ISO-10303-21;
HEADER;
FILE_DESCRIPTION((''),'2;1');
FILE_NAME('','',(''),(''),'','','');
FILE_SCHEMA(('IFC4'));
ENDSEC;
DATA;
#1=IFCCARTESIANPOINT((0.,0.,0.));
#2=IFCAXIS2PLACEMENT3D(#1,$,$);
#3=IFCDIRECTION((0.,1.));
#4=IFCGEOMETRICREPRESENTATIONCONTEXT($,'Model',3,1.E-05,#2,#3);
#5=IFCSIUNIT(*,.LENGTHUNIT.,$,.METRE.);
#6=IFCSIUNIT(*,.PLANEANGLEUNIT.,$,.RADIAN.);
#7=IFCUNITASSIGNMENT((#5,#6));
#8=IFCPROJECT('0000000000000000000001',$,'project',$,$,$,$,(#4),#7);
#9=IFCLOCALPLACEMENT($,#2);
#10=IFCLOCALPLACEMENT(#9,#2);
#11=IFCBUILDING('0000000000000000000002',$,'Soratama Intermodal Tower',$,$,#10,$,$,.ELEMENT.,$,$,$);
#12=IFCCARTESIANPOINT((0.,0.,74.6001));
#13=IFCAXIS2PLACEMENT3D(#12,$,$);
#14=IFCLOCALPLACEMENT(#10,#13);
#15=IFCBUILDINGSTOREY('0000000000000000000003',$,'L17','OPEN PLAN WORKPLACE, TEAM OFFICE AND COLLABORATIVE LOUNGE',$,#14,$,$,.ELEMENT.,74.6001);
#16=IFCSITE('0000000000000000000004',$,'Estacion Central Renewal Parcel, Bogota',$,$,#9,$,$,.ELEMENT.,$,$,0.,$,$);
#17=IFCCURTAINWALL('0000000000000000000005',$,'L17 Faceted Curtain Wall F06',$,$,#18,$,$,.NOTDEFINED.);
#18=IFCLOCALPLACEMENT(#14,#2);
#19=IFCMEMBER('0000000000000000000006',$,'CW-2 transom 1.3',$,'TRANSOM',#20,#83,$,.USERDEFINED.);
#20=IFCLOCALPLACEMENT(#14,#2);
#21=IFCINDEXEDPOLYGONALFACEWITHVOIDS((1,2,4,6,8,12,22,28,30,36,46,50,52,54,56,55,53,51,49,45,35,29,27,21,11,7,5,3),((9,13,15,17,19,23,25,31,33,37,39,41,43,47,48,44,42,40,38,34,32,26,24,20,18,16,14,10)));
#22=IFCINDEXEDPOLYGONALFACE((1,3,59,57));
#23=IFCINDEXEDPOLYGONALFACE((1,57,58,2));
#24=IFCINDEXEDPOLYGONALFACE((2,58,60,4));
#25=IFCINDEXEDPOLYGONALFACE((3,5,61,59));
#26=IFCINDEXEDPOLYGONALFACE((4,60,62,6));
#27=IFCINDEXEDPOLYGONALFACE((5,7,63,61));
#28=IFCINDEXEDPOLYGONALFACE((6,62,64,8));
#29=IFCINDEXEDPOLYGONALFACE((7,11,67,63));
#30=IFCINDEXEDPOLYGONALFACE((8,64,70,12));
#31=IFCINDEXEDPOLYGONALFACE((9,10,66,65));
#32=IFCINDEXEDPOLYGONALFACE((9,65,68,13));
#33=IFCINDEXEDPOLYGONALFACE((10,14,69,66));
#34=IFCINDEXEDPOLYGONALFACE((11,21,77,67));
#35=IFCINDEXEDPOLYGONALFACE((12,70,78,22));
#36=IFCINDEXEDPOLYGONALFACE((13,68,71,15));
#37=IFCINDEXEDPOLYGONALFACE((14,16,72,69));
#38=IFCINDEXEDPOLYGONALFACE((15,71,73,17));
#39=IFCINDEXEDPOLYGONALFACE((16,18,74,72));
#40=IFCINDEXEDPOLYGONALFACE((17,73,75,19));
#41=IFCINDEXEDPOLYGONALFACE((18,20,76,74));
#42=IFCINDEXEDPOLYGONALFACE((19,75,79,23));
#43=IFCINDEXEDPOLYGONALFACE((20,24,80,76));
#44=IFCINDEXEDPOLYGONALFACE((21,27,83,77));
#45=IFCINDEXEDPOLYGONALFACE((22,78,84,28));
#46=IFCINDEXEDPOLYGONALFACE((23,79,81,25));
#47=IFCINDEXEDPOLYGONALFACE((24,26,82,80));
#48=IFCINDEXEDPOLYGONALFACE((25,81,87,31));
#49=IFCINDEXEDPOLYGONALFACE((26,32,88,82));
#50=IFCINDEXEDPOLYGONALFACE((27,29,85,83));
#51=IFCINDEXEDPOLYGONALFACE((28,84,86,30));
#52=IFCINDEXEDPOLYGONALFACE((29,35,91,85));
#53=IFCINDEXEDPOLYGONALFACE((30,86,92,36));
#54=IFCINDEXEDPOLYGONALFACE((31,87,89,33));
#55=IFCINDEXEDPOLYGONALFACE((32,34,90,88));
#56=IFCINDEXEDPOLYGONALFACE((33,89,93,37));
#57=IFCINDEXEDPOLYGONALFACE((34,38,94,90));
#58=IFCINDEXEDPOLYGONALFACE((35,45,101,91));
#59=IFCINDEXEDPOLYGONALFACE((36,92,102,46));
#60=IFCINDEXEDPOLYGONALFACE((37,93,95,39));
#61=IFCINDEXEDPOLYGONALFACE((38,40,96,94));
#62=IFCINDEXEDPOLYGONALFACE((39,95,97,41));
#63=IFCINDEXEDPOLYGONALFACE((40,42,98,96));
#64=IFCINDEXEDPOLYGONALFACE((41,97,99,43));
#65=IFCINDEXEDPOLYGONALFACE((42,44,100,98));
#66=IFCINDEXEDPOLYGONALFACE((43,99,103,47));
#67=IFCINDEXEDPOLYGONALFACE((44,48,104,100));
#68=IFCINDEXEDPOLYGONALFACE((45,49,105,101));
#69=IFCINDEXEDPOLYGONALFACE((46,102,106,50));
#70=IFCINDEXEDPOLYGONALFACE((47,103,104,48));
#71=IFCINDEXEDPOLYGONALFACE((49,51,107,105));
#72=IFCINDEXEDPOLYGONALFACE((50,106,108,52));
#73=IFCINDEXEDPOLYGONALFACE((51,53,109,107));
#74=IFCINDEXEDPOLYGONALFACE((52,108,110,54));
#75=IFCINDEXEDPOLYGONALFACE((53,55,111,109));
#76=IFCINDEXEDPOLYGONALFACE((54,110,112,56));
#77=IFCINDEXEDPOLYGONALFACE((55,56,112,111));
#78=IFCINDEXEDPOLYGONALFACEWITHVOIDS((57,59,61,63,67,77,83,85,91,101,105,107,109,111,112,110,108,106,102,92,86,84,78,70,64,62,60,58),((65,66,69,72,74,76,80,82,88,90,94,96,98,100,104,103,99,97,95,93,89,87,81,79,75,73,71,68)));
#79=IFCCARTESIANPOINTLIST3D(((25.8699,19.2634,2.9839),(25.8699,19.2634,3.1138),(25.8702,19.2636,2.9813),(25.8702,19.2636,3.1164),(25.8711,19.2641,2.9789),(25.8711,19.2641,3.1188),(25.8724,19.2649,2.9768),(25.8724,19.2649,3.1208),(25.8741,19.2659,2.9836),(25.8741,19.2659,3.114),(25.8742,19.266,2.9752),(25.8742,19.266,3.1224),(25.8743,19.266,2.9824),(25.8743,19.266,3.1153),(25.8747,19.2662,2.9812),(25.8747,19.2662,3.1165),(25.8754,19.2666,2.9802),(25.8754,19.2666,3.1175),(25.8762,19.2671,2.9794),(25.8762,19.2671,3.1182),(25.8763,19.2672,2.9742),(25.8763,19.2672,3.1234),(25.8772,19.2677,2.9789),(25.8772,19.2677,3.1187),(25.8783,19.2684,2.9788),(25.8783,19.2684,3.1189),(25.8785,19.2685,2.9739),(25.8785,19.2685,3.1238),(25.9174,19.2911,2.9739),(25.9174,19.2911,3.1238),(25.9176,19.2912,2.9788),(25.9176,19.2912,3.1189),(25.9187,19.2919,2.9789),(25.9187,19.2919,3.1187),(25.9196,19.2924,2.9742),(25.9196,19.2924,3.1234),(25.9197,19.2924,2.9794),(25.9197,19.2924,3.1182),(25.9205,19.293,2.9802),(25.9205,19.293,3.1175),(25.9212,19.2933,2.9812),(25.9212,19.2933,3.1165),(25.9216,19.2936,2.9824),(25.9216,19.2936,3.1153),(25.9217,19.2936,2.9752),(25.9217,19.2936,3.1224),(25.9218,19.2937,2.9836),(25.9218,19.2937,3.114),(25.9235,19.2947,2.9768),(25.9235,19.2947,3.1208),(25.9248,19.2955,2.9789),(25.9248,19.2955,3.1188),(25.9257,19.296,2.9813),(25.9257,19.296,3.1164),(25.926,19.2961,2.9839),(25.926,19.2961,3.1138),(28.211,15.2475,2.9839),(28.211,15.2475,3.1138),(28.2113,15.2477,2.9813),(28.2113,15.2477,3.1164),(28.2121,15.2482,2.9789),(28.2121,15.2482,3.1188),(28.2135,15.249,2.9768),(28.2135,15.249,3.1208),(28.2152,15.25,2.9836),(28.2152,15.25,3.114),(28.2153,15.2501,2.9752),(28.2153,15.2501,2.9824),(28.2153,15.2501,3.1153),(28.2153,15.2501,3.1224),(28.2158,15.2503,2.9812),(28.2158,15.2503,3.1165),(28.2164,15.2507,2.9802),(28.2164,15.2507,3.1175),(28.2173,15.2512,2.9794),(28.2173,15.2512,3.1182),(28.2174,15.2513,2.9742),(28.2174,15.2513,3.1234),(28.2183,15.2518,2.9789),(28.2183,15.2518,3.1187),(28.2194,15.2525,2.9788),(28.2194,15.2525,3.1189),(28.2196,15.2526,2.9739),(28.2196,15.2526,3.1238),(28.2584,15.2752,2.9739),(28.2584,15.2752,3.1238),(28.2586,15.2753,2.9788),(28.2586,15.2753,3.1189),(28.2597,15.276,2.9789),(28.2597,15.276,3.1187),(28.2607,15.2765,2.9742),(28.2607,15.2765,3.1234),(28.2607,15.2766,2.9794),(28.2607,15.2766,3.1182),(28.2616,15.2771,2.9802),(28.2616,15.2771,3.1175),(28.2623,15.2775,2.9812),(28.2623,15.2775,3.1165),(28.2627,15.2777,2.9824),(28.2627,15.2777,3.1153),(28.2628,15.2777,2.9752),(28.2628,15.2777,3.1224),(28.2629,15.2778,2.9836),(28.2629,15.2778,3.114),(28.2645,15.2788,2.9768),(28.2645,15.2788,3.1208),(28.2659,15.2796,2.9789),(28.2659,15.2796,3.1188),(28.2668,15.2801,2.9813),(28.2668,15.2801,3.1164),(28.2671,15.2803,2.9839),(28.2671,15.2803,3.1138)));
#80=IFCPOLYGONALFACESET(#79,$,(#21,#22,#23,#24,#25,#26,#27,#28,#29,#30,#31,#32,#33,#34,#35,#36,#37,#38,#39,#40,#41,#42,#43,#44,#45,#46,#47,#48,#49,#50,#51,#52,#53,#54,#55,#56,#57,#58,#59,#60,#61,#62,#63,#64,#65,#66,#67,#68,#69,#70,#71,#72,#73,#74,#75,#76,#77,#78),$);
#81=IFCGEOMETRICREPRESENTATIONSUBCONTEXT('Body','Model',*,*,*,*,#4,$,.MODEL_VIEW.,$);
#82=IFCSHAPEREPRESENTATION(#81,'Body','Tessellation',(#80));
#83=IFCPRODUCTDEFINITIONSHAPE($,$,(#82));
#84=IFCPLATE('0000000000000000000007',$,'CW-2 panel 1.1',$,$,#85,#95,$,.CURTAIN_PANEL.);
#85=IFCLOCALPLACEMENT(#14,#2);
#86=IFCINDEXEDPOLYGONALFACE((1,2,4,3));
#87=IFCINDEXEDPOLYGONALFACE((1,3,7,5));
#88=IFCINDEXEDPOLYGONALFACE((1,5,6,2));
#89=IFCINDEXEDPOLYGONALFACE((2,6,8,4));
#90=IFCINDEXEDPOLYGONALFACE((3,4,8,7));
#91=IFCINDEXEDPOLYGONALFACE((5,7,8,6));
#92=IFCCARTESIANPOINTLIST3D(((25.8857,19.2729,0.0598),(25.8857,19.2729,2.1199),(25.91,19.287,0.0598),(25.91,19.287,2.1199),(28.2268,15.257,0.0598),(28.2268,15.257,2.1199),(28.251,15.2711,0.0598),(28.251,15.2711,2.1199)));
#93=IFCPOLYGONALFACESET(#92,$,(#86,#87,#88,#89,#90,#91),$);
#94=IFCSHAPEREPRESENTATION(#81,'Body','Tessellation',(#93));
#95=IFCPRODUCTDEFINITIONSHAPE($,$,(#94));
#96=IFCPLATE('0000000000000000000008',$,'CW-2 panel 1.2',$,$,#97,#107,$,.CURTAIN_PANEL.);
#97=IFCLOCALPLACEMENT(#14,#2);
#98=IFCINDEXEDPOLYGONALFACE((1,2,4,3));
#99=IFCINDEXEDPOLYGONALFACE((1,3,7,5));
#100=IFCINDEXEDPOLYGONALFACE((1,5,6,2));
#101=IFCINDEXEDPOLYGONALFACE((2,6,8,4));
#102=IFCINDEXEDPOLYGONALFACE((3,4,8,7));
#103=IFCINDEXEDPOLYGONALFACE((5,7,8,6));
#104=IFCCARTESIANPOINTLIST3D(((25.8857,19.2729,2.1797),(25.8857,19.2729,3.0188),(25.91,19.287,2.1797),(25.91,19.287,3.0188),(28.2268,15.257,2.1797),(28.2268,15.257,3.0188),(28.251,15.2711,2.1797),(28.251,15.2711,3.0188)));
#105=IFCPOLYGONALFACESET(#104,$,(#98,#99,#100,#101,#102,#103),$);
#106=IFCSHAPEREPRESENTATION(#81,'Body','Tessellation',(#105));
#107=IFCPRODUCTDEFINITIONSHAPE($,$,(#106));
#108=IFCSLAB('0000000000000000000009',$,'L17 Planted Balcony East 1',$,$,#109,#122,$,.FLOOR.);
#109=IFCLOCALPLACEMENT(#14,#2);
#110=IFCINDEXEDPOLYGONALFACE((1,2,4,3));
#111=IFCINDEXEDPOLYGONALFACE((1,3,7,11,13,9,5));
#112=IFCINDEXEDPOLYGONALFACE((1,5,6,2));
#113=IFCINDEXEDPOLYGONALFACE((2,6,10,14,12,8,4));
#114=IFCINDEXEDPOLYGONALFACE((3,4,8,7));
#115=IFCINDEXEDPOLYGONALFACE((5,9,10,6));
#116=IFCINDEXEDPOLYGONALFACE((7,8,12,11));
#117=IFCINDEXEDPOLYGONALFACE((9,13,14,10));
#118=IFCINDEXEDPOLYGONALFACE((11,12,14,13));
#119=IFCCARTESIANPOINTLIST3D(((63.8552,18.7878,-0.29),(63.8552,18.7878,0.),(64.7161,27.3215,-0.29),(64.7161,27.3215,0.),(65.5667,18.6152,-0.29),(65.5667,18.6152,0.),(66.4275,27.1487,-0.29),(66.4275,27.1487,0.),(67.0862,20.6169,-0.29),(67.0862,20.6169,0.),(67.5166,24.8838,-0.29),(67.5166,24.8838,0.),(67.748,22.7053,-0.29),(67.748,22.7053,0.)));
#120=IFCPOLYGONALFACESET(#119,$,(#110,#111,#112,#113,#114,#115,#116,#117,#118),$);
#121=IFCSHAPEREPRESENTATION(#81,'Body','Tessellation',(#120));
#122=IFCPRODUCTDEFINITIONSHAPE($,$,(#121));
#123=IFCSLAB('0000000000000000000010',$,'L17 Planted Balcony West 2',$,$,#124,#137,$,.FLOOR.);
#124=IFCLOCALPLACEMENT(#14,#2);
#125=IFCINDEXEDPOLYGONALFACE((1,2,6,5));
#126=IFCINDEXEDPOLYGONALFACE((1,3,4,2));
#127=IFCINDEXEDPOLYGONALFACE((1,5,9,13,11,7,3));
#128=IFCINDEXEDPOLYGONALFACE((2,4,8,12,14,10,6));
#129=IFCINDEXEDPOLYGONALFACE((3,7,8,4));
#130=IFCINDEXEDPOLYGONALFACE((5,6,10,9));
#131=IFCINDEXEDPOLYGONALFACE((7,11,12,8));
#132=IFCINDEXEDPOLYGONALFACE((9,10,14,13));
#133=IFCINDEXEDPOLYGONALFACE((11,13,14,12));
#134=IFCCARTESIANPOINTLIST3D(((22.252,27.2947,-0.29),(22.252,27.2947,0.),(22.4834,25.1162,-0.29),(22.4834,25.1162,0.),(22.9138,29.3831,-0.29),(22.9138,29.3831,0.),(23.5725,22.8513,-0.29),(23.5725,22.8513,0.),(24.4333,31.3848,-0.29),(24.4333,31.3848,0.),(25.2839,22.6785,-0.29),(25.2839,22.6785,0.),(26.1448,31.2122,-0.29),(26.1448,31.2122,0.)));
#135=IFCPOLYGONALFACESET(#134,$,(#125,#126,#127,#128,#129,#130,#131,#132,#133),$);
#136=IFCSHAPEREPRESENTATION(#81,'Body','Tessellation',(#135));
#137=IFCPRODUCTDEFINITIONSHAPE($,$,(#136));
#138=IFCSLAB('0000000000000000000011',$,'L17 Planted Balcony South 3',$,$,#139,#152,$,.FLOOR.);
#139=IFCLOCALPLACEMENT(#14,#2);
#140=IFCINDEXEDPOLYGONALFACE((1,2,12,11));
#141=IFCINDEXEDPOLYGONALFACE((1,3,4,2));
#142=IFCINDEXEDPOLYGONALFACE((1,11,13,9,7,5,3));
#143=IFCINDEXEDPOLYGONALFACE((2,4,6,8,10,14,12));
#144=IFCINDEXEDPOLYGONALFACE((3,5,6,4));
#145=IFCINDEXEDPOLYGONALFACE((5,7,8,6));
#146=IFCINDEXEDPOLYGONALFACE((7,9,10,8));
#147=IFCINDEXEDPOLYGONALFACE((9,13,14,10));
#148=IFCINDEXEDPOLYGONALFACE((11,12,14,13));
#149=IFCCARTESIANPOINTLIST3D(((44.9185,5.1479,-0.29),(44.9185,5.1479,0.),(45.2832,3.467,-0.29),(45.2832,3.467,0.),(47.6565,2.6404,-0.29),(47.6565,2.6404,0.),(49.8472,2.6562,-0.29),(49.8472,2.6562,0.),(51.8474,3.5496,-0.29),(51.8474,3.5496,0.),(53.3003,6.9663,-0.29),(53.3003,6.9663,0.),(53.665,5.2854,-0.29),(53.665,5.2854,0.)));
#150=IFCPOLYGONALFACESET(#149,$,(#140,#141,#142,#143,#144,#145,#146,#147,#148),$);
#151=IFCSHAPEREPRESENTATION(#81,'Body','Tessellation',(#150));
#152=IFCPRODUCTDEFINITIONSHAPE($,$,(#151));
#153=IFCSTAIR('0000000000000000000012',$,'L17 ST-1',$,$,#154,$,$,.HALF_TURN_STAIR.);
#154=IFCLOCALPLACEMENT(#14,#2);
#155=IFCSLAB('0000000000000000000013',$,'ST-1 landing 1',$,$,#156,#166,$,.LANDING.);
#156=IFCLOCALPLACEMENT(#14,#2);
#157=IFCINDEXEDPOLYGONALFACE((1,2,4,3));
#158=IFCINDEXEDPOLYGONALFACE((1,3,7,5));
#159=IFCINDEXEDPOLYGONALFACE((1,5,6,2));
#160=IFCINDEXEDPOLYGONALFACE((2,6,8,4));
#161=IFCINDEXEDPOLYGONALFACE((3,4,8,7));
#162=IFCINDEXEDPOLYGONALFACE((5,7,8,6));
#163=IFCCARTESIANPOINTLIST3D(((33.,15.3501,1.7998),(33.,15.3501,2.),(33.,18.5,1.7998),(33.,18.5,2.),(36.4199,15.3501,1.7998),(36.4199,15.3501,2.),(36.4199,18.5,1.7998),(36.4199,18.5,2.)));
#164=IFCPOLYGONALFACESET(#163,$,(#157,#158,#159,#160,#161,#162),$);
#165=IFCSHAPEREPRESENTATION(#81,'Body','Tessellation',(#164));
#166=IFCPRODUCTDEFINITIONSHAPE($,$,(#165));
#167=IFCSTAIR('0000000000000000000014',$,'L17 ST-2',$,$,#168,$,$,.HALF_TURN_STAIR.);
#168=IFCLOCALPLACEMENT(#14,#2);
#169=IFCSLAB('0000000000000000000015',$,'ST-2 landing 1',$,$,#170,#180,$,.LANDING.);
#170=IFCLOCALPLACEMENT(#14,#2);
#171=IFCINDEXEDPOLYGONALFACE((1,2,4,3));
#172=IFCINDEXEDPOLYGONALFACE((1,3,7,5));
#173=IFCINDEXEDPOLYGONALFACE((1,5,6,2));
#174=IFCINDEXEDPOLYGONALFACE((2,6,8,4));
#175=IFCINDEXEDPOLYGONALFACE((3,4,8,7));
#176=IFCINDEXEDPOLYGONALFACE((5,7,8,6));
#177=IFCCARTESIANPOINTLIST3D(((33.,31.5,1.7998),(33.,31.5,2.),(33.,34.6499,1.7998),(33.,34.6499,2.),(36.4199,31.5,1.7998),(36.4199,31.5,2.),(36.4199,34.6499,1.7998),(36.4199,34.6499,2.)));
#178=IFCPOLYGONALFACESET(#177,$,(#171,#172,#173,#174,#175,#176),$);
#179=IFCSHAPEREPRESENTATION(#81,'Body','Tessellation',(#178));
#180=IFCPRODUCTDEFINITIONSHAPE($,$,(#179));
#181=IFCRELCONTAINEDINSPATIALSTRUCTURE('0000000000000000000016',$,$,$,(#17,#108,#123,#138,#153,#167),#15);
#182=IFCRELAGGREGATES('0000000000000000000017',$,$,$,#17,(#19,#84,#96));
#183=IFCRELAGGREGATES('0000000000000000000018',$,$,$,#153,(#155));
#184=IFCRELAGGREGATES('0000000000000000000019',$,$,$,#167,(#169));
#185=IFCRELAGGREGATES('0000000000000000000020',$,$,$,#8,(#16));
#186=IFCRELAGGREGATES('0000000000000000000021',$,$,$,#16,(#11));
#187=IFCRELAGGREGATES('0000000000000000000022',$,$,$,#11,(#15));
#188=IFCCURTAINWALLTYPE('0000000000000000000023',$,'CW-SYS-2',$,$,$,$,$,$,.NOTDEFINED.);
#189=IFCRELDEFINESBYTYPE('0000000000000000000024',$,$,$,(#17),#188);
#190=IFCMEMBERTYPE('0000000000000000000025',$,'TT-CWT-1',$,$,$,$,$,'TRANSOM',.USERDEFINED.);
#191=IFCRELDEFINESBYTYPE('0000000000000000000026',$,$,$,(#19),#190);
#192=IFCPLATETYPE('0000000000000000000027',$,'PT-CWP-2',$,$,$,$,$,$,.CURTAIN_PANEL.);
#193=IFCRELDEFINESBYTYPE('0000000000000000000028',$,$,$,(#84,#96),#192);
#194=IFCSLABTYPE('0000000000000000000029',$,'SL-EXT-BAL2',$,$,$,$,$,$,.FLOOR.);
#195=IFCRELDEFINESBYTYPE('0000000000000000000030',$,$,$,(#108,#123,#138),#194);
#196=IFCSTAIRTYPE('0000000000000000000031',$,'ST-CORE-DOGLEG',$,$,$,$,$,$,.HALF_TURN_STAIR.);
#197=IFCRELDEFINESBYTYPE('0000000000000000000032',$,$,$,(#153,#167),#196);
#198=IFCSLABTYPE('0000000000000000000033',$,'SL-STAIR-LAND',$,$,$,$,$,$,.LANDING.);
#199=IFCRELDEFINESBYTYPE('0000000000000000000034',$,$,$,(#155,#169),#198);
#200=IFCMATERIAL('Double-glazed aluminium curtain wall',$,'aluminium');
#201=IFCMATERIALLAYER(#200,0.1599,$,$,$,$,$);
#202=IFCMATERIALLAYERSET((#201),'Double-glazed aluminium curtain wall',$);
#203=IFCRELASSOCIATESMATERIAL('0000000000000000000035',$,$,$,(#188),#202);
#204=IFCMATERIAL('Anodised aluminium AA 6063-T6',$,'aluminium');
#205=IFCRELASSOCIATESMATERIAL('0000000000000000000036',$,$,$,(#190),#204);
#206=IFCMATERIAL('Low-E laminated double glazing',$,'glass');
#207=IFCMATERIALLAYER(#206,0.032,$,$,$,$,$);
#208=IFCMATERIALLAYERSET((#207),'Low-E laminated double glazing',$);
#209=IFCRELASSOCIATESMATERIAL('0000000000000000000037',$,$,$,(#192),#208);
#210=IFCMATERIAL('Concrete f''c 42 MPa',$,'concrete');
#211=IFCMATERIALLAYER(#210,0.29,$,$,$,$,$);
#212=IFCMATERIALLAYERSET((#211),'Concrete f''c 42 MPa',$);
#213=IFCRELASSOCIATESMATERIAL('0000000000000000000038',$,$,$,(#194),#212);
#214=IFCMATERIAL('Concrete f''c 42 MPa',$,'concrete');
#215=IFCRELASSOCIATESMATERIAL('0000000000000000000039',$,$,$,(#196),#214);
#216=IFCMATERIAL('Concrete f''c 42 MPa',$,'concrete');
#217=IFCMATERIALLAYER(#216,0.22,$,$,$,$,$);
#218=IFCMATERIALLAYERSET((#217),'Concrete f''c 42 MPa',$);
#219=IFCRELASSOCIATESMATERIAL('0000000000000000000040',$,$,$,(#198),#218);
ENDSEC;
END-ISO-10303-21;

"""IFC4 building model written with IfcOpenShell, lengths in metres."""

from ifc_helpers import new_model, si_unit, direction, frame, origin, origin_2d, place, context, subcontext, project, spatial, polyline, rectangle, hollow_rectangle, outline, extrude, material, layer, layer_set, material_profile, profile_set, type_object, element, aggregate, save


model = new_model("IFC4")

# Units and contexts
model_context = context("Model", 3, precision=1e-05, world=origin(), true_north=direction((0.0, 1.0)))
body_context = subcontext(model_context, "Body", "Model", "MODEL_VIEW")
ifc_project = project(units=[si_unit("LENGTHUNIT", "METRE"), si_unit("PLANEANGLEUNIT", "RADIAN")], contexts=[model_context])

# Site, building, storey
site_placement = place(None, origin())
site = spatial("IfcSite", under=ifc_project, at=site_placement, Name="Estacion Central Renewal Parcel, Bogota", CompositionType="ELEMENT", RefElevation=0.0)
building_placement = place(site_placement, origin())
building = spatial("IfcBuilding", under=site, at=building_placement, Name="Soratama Intermodal Tower", CompositionType="ELEMENT")
storey_placement = place(building_placement, frame((0.0, 0.0, 74.6001)))
storey = spatial("IfcBuildingStorey", under=building, at=storey_placement, Name="L17", Description="OPEN PLAN WORKPLACE, TEAM OFFICE AND COLLABORATIVE LOUNGE", CompositionType="ELEMENT", Elevation=74.6001)

# Curtain wall, member, plates
ifc_material_1 = material(Name="Double-glazed aluminium curtain wall", Category="aluminium")
ifc_layer_1 = layer(ifc_material_1, 0.1599)
ifc_layer_set_1 = layer_set([ifc_layer_1], Name="Double-glazed aluminium curtain wall")
curtain_wall_type = type_object("IfcCurtainWallType", Name="CW-SYS-2", PredefinedType="NOTDEFINED", material=ifc_layer_set_1)
curtain_wall_placement = place(storey_placement, origin())
curtain_wall = element("IfcCurtainWall", 1, at=curtain_wall_placement, inside=storey, type_object=curtain_wall_type, Name="L17 Faceted Curtain Wall F06", PredefinedType="NOTDEFINED")
ifc_material_2 = material(Name="Anodised aluminium AA 6063-T6", Category="aluminium")
ifc_material_profile_1 = material_profile(ifc_material_2, hollow_rectangle(XDim=0.0649, YDim=0.1499, WallThickness=0.0049, InnerFilletRadius=0.0049, OuterFilletRadius=0.01, at=origin_2d()), Name="CWT150X65X5")
ifc_profile_set_1 = profile_set([ifc_material_profile_1], Name="Anodised aluminium AA 6063-T6")
member_type_1 = type_object("IfcMemberType", Name="TT-CWT-1", ElementType="TRANSOM", PredefinedType="USERDEFINED", material=ifc_profile_set_1)
member_1_placement = place(storey_placement, frame((25.8979, 19.2798, 3.0488), z_axis=(0.503626, -0.863922, 0.0), x_axis=(0.863922, 0.503626, 0.0)))
member_1 = element("IfcMember", 2, at=member_1_placement, type_object=member_type_1, Name="CW-2 transom 1.3", ObjectType="TRANSOM", PredefinedType="USERDEFINED", context=body_context, shape_type="SweptSolid", body=[
    extrude(hollow_rectangle(XDim=0.0649, YDim=0.1499, WallThickness=0.0049, InnerFilletRadius=0.0049, OuterFilletRadius=0.01, at=origin_2d()), origin(), (0.0, 0.0, 1.0), 4.6484),
])
ifc_material_3 = material(Name="Low-E laminated double glazing", Category="glass")
ifc_layer_2 = layer(ifc_material_3, 0.032)
ifc_layer_set_2 = layer_set([ifc_layer_2], Name="Low-E laminated double glazing")
plate_type = type_object("IfcPlateType", Name="PT-CWP-2", PredefinedType="CURTAIN_PANEL", material=ifc_layer_set_2)
plate_1_placement = place(storey_placement, frame((27.0684, 17.272, 0.0598), z_axis=(0.0, 0.0, 1.0), x_axis=(0.50362, -0.863925, 0.0)))
plate_1 = element("IfcPlate", 3, at=plate_1_placement, type_object=plate_type, Name="CW-2 panel 1.1", PredefinedType="CURTAIN_PANEL", context=body_context, shape_type="SweptSolid", body=[
    extrude(rectangle(XDim=4.6484, YDim=0.0281, at=origin_2d()), origin(), (0.0, 0.0, 1.0), 2.0601),
])
plate_2_placement = place(storey_placement, frame((27.0684, 17.272, 2.1797), z_axis=(0.0, 0.0, 1.0), x_axis=(0.50362, -0.863925, 0.0)))
plate_2 = element("IfcPlate", 4, at=plate_2_placement, type_object=plate_type, Name="CW-2 panel 1.2", PredefinedType="CURTAIN_PANEL", context=body_context, shape_type="SweptSolid", body=[
    extrude(rectangle(XDim=4.6484, YDim=0.0281, at=origin_2d()), origin(), (0.0, 0.0, 1.0), 0.8391),
])
aggregate(curtain_wall, [member_1, plate_1, plate_2])

# Slabs
ifc_material_4 = material(Name="Concrete f'c 42 MPa", Category="concrete")
ifc_layer_3 = layer(ifc_material_4, 0.29)
ifc_layer_set_3 = layer_set([ifc_layer_3], Name="Concrete f'c 42 MPa")
slab_type_1 = type_object("IfcSlabType", Name="SL-EXT-BAL2", PredefinedType="FLOOR", material=ifc_layer_set_3)
slab_1_placement = place(storey_placement, frame((0.0, 0.0, -0.29)))
element("IfcSlab", 5, at=slab_1_placement, inside=storey, type_object=slab_type_1, Name="L17 Planted Balcony East 1", PredefinedType="FLOOR", context=body_context, shape_type="SweptSolid", body=[
    extrude(outline(polyline([(63.8552, 18.7878), (64.7161, 27.3215), (66.4275, 27.1487), (67.5166, 24.8838), (67.748, 22.7053), (67.0862, 20.6169), (65.5667, 18.6152), (63.8552, 18.7878)])), origin(), (0.0, 0.0, 1.0), 0.29),
])
slab_2_placement = place(storey_placement, frame((0.0, 0.0, -0.29)))
element("IfcSlab", 6, at=slab_2_placement, inside=storey, type_object=slab_type_1, Name="L17 Planted Balcony West 2", PredefinedType="FLOOR", context=body_context, shape_type="SweptSolid", body=[
    extrude(outline(polyline([(26.1448, 31.2122), (25.2839, 22.6785), (23.5725, 22.8513), (22.4834, 25.1162), (22.252, 27.2947), (22.9138, 29.3831), (24.4333, 31.3848), (26.1448, 31.2122)])), origin(), (0.0, 0.0, 1.0), 0.29),
])
slab_3_placement = place(storey_placement, frame((0.0, 0.0, -0.29)))
element("IfcSlab", 7, at=slab_3_placement, inside=storey, type_object=slab_type_1, Name="L17 Planted Balcony South 3", PredefinedType="FLOOR", context=body_context, shape_type="SweptSolid", body=[
    extrude(outline(polyline([(44.9185, 5.1479), (53.3003, 6.9663), (53.665, 5.2854), (51.8474, 3.5496), (49.8472, 2.6562), (47.6565, 2.6404), (45.2832, 3.467), (44.9185, 5.1479)])), origin(), (0.0, 0.0, 1.0), 0.29),
])

# Stairs, slabs
ifc_material_5 = material(Name="Concrete f'c 42 MPa", Category="concrete")
stair_type = type_object("IfcStairType", Name="ST-CORE-DOGLEG", PredefinedType="HALF_TURN_STAIR", material=ifc_material_5)
stair_1_placement = place(storey_placement, origin())
stair_1 = element("IfcStair", 8, at=stair_1_placement, inside=storey, type_object=stair_type, Name="L17 ST-1", PredefinedType="HALF_TURN_STAIR")
ifc_material_6 = material(Name="Concrete f'c 42 MPa", Category="concrete")
ifc_layer_4 = layer(ifc_material_6, 0.22)
ifc_layer_set_4 = layer_set([ifc_layer_4], Name="Concrete f'c 42 MPa")
slab_type_2 = type_object("IfcSlabType", Name="SL-STAIR-LAND", PredefinedType="LANDING", material=ifc_layer_set_4)
slab_4_placement = place(storey_placement, frame((0.0, 0.0, 1.7998)))
slab_4 = element("IfcSlab", 9, at=slab_4_placement, type_object=slab_type_2, Name="ST-1 landing 1", PredefinedType="LANDING", context=body_context, shape_type="SweptSolid", body=[
    extrude(outline(polyline([(36.4199, 18.5), (33.0, 18.5), (33.0, 15.3501), (36.4199, 15.3501), (36.4199, 18.5)])), origin(), (0.0, 0.0, 1.0), 0.2002),
])
aggregate(stair_1, [slab_4])
stair_2_placement = place(storey_placement, origin())
stair_2 = element("IfcStair", 10, at=stair_2_placement, inside=storey, type_object=stair_type, Name="L17 ST-2", PredefinedType="HALF_TURN_STAIR")
slab_5_placement = place(storey_placement, frame((0.0, 0.0, 1.7998)))
slab_5 = element("IfcSlab", 11, at=slab_5_placement, type_object=slab_type_2, Name="ST-2 landing 1", PredefinedType="LANDING", context=body_context, shape_type="SweptSolid", body=[
    extrude(outline(polyline([(36.4199, 34.6499), (33.0, 34.6499), (33.0, 31.5), (36.4199, 31.5), (36.4199, 34.6499)])), origin(), (0.0, 0.0, 1.0), 0.2002),
])
aggregate(stair_2, [slab_5])

save(model, "model.ifc")
